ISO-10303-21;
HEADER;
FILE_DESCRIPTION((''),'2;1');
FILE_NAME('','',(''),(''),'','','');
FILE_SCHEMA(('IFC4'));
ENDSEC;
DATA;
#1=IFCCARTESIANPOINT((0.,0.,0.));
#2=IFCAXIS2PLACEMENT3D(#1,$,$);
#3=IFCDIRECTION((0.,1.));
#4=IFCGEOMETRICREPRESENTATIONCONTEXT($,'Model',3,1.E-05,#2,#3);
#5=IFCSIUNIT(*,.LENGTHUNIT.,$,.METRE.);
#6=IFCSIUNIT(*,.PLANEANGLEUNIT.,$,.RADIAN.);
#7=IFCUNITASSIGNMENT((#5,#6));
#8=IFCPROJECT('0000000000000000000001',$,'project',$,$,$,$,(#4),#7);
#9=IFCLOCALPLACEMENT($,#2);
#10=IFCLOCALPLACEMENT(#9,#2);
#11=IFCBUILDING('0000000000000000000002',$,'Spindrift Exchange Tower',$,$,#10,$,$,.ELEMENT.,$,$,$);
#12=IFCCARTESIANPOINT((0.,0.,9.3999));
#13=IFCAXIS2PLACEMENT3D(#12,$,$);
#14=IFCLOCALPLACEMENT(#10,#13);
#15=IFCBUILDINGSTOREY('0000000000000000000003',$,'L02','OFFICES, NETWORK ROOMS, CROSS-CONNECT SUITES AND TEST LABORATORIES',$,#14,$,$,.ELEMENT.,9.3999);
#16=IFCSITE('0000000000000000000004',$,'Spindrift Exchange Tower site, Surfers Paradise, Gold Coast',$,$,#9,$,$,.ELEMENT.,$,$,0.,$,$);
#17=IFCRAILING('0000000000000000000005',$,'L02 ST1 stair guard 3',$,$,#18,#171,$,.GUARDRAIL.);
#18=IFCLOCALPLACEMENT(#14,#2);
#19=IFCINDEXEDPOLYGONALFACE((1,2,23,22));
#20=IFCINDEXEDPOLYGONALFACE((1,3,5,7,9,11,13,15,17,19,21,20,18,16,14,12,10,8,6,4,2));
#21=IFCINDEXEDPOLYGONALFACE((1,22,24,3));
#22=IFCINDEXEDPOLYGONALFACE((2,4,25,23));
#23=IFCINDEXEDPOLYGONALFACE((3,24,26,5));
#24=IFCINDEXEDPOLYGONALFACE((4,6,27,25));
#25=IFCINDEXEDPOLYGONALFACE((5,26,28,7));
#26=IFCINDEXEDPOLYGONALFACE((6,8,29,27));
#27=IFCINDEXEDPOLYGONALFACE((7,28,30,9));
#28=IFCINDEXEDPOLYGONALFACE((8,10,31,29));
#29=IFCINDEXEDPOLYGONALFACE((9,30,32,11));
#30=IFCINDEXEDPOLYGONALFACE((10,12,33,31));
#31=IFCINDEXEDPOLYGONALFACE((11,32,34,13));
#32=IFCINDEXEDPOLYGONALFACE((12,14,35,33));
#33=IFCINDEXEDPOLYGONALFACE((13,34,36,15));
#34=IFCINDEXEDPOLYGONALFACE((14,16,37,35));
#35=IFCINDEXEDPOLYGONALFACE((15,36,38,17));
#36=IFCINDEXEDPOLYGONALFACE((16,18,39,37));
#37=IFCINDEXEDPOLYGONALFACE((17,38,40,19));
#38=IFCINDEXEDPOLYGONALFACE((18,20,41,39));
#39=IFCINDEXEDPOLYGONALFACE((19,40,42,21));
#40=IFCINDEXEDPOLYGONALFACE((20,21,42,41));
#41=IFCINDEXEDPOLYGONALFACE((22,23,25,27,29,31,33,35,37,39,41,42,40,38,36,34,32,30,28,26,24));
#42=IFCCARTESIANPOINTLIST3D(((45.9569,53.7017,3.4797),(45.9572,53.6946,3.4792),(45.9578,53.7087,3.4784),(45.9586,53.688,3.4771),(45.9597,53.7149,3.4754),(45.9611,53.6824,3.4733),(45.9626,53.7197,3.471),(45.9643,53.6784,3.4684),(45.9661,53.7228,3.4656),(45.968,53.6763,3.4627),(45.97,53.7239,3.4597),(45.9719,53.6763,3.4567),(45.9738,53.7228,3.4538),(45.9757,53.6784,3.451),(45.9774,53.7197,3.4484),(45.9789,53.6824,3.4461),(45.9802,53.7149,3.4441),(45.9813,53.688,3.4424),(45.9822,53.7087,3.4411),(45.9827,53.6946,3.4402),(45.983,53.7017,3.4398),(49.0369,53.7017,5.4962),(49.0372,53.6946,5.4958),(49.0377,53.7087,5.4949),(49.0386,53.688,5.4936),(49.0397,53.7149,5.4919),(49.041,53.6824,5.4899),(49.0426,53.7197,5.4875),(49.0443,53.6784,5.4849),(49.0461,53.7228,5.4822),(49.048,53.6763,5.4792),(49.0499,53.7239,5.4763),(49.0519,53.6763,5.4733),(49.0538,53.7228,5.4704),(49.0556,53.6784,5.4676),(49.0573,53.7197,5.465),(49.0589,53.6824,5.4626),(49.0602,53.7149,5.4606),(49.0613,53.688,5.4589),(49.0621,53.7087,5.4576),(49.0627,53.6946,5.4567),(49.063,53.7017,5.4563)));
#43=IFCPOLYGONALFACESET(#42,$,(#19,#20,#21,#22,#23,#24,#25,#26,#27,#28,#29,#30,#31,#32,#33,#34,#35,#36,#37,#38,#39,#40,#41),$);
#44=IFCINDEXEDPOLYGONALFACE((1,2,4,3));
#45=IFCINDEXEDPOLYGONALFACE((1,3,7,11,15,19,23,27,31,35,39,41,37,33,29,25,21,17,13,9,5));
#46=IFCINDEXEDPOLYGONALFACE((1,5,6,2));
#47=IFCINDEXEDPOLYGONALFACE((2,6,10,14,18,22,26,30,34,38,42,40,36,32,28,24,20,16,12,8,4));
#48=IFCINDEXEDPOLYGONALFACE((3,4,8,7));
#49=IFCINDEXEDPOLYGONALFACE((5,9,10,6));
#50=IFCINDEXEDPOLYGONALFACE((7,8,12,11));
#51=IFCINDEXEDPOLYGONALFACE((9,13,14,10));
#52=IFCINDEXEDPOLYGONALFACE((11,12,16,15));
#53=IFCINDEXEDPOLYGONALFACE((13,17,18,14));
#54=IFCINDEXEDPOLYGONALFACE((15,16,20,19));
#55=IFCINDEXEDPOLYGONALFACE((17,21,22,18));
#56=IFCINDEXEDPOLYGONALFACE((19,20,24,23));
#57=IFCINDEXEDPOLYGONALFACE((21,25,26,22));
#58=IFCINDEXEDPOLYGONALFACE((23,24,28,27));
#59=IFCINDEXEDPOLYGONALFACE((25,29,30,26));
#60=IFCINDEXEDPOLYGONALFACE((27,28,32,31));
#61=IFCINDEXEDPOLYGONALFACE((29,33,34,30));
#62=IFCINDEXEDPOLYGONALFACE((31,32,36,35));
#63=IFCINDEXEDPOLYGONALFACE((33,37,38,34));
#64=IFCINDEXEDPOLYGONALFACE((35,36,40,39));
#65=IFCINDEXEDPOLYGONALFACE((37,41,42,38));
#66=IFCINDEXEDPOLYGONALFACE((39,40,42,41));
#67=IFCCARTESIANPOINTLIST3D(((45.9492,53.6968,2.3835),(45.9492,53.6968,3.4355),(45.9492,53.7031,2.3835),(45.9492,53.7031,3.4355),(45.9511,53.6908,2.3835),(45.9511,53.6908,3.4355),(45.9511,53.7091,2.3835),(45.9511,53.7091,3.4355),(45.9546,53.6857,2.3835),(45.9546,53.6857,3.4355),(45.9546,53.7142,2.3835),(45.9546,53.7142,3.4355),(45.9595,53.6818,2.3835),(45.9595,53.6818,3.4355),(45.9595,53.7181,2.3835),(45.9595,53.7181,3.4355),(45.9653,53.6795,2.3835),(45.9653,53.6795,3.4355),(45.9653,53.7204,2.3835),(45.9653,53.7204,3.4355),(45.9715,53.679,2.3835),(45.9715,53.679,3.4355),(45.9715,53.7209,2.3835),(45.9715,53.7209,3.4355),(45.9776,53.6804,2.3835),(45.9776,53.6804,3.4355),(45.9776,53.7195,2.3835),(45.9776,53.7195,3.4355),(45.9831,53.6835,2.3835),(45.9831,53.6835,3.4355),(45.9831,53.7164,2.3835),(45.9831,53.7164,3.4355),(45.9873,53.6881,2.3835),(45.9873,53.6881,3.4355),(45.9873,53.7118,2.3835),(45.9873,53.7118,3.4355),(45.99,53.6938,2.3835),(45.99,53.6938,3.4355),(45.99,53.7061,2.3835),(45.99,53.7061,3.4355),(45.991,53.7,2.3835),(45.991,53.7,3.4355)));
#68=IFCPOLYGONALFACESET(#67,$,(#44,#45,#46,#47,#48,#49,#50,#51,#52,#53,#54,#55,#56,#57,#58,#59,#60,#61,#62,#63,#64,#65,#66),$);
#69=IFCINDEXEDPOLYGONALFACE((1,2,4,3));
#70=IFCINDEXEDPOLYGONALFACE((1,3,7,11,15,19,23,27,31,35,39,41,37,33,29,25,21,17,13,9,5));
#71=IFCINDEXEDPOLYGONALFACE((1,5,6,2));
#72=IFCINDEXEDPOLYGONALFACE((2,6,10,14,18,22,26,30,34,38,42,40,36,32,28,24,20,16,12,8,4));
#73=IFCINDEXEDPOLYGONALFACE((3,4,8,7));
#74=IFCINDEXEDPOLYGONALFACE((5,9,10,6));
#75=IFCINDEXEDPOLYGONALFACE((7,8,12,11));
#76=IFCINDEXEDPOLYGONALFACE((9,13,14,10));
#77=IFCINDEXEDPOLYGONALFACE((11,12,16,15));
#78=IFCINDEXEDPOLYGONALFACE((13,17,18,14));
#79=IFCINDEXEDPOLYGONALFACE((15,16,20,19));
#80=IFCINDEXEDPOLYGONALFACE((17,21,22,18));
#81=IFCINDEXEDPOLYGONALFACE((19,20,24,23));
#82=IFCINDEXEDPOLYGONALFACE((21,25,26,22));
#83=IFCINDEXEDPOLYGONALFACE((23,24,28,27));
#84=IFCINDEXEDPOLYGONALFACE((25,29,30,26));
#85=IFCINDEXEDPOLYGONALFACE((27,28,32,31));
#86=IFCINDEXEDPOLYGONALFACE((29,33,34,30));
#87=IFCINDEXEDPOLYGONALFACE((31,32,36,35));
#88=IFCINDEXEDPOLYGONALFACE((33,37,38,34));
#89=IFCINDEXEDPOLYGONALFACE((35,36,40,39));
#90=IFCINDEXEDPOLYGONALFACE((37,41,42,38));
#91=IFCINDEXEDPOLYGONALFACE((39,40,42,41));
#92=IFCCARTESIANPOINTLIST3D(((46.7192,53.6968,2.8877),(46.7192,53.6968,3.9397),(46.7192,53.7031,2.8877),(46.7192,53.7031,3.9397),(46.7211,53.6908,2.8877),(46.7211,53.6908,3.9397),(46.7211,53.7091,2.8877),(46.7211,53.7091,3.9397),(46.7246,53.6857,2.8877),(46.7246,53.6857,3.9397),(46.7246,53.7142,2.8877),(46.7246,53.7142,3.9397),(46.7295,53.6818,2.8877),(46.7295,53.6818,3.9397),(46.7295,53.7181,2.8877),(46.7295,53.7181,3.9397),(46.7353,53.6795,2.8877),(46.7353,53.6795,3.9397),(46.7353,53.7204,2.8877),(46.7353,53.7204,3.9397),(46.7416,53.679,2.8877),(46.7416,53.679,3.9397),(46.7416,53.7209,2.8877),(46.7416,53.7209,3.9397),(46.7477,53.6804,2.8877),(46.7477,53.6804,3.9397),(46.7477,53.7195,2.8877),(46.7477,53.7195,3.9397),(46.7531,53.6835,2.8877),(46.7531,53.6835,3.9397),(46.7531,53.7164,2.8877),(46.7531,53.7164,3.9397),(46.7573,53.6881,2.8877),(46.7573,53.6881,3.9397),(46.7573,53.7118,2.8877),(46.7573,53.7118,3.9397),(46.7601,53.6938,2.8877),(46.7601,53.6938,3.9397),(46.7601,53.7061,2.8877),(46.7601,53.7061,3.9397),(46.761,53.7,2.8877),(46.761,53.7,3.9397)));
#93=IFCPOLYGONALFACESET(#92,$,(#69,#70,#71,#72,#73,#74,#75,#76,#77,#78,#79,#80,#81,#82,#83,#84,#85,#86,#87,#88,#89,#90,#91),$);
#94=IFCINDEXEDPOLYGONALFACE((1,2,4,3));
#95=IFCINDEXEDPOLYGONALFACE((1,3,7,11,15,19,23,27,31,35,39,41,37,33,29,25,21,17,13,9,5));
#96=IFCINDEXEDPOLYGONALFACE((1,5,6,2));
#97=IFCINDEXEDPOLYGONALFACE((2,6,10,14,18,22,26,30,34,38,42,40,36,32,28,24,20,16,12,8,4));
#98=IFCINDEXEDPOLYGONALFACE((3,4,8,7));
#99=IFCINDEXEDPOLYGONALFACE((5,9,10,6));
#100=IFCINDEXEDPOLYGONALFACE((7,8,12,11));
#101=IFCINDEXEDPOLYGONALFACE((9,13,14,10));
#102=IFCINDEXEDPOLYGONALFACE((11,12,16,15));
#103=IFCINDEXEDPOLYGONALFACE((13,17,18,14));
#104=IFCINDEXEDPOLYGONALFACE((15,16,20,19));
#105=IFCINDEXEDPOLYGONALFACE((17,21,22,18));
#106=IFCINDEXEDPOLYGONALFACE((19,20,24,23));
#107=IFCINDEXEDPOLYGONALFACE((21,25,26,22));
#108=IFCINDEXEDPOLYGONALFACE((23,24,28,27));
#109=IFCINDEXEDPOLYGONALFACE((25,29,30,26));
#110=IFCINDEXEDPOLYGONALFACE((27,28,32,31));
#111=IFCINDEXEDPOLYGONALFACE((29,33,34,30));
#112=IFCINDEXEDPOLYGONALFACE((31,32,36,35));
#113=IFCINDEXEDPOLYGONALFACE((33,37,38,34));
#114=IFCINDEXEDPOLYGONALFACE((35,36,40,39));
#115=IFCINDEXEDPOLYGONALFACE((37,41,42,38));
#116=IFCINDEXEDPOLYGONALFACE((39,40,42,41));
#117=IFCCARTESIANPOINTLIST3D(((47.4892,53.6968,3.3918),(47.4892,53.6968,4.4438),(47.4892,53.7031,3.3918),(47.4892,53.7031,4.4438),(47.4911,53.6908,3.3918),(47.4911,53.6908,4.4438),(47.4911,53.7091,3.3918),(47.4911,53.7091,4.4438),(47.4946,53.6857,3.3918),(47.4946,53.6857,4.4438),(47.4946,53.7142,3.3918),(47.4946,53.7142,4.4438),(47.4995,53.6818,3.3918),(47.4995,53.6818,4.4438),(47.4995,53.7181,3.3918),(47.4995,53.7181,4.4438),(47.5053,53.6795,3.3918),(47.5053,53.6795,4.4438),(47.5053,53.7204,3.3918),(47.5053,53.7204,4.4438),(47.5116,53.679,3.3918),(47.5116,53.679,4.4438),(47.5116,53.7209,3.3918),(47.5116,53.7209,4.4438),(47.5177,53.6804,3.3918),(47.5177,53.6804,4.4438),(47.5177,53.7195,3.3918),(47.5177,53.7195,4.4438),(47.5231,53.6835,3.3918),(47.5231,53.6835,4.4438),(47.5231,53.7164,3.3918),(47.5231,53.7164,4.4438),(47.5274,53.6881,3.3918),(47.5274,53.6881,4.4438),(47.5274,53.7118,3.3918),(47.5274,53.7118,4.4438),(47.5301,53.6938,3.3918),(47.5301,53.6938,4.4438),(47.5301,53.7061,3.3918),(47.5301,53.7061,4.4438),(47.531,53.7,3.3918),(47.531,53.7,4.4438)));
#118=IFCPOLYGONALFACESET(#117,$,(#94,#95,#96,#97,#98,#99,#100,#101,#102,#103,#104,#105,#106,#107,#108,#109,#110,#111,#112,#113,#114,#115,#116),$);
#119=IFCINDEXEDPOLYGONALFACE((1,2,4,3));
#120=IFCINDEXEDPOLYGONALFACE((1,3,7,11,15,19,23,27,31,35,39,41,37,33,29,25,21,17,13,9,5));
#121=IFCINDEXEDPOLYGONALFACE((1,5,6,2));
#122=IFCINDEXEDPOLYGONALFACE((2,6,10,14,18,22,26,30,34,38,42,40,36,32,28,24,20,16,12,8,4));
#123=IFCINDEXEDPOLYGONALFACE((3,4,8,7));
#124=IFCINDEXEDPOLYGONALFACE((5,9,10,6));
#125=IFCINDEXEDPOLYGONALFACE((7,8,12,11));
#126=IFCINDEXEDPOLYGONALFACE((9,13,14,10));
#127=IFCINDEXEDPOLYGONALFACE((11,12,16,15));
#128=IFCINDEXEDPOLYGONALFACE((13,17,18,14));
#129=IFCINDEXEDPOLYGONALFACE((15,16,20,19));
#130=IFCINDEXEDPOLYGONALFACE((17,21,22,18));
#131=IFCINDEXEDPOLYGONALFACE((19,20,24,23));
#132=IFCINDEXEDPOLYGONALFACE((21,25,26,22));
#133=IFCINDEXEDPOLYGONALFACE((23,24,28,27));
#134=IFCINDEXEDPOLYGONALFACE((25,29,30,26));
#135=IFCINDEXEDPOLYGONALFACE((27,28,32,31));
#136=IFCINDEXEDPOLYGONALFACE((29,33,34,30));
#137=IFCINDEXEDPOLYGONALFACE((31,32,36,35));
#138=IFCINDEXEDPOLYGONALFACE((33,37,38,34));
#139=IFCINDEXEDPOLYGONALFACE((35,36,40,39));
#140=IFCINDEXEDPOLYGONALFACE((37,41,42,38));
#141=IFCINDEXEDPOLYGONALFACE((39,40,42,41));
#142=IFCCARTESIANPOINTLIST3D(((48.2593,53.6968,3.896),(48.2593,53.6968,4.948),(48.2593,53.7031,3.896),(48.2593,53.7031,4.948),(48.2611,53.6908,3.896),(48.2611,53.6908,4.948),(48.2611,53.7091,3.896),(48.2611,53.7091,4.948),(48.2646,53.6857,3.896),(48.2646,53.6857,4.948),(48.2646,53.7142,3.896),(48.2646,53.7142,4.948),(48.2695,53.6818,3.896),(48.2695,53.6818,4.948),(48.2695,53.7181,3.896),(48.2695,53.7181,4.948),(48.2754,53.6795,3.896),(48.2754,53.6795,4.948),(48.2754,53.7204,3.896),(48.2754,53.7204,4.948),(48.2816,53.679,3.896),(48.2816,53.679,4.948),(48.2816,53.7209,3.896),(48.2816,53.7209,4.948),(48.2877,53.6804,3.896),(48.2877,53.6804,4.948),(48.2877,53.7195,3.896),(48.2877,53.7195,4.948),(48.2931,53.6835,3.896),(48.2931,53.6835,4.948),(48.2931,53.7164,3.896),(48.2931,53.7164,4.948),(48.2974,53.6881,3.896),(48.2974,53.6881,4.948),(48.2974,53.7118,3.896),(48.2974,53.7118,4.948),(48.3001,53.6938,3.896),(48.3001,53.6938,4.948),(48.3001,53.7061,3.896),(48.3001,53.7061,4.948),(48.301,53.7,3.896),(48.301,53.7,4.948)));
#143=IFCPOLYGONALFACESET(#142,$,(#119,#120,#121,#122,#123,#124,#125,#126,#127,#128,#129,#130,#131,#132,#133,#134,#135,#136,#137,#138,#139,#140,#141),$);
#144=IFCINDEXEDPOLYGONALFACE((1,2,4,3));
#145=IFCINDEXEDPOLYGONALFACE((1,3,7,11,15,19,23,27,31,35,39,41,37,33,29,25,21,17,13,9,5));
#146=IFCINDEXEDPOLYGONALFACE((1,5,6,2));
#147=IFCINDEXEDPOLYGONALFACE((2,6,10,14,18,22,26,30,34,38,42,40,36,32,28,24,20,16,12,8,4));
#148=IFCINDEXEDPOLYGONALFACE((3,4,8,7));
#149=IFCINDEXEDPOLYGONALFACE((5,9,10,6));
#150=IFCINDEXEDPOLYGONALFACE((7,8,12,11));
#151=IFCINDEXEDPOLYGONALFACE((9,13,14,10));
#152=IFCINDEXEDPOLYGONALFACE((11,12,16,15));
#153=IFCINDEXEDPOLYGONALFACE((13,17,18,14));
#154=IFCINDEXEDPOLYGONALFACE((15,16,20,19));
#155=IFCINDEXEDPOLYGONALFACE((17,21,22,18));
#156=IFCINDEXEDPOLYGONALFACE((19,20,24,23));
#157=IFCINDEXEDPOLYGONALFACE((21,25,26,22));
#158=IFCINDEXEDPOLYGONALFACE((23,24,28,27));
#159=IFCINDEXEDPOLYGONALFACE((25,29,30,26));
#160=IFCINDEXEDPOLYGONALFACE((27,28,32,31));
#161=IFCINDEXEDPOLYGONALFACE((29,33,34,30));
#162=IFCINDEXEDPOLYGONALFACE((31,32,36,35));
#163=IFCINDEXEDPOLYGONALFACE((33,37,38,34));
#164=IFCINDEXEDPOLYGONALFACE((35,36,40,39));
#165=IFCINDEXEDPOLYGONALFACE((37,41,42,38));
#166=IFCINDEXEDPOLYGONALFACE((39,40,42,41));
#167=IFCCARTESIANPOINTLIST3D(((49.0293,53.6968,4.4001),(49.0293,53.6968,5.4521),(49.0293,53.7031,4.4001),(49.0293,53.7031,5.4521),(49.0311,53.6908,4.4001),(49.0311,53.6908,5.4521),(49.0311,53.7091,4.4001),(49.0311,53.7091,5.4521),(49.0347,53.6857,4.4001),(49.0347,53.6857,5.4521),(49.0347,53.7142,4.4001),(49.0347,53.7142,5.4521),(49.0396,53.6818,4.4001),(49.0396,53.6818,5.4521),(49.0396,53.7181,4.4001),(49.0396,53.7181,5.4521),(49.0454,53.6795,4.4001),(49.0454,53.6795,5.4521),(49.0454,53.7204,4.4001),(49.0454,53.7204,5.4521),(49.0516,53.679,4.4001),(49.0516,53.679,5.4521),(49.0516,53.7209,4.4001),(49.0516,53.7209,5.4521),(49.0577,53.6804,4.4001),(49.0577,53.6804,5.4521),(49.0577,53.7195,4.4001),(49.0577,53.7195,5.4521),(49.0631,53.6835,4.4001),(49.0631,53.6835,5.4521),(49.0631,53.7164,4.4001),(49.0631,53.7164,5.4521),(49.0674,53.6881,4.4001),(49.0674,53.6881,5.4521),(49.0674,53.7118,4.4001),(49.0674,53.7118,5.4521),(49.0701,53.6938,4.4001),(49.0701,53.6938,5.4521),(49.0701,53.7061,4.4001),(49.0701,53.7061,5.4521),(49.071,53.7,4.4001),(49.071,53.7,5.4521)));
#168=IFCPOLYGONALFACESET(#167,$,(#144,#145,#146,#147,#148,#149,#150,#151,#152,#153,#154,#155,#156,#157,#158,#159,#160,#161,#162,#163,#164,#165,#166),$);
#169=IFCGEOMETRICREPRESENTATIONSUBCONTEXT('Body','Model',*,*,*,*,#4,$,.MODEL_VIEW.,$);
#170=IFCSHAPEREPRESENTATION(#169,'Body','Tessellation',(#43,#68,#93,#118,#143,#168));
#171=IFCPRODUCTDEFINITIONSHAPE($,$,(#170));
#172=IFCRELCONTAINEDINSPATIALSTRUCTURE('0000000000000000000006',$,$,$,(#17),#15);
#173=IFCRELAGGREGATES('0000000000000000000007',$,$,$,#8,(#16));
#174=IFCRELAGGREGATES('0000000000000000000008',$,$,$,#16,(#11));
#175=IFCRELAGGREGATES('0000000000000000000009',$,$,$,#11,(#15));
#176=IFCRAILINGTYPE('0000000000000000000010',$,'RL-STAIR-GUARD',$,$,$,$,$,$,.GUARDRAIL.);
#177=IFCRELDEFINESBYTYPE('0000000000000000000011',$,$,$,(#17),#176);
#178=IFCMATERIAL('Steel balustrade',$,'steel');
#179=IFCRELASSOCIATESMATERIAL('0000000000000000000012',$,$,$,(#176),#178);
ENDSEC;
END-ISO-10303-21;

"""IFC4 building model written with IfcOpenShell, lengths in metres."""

from ifc_helpers import new_model, si_unit, direction, frame, origin, origin_2d, place, context, subcontext, project, spatial, circle, extrude, material, type_object, element, save


model = new_model("IFC4")

# Units and contexts
model_context = context("Model", 3, precision=1e-05, world=origin(), true_north=direction((0.0, 1.0)))
body_context = subcontext(model_context, "Body", "Model", "MODEL_VIEW")
ifc_project = project(units=[si_unit("LENGTHUNIT", "METRE"), si_unit("PLANEANGLEUNIT", "RADIAN")], contexts=[model_context])

# Site, building, storey
site_placement = place(None, origin())
site = spatial("IfcSite", under=ifc_project, at=site_placement, Name="Spindrift Exchange Tower site, Surfers Paradise, Gold Coast", CompositionType="ELEMENT", RefElevation=0.0)
building_placement = place(site_placement, origin())
building = spatial("IfcBuilding", under=site, at=building_placement, Name="Spindrift Exchange Tower", CompositionType="ELEMENT")
storey_placement = place(building_placement, frame((0.0, 0.0, 9.3999)))
storey = spatial("IfcBuildingStorey", under=building, at=storey_placement, Name="L02", Description="OFFICES, NETWORK ROOMS, CROSS-CONNECT SUITES AND TEST LABORATORIES", CompositionType="ELEMENT", Elevation=9.3999)

# Railing
ifc_material_1 = material(Name="Steel balustrade", Category="steel")
railing_type_1 = type_object("IfcRailingType", Name="RL-STAIR-GUARD", PredefinedType="GUARDRAIL", material=ifc_material_1)
railing_1_placement = place(storey_placement, frame((45.97, 53.7, 2.3835)))
element("IfcRailing", 1, at=railing_1_placement, inside=storey, type_object=railing_type_1, Name="L02 ST1 stair guard 3", PredefinedType="GUARDRAIL", context=body_context, shape_type="SweptSolid", body=[
    extrude(circle(Radius=0.0239, at=origin_2d()), frame((0.0, 0.0, 1.0762), z_axis=(0.836633, 0.0, 0.547764), x_axis=(0.0, 1.0, 0.0)), (0.0, 0.0, 1.0), 3.6814),
    extrude(circle(Radius=0.021, at=origin_2d()), origin(), (0.0, 0.0, 1.0), 1.052),
    extrude(circle(Radius=0.021, at=origin_2d()), frame((0.77, 0.0, 0.5042)), (0.0, 0.0, 1.0), 1.052),
    extrude(circle(Radius=0.021, at=origin_2d()), frame((1.54, 0.0, 1.0083)), (0.0, 0.0, 1.0), 1.052),
    extrude(circle(Radius=0.021, at=origin_2d()), frame((2.3101, 0.0, 1.5125)), (0.0, 0.0, 1.0), 1.052),
    extrude(circle(Radius=0.021, at=origin_2d()), frame((3.0801, 0.0, 2.0166)), (0.0, 0.0, 1.0), 1.052),
])

save(model, "model.ifc")
